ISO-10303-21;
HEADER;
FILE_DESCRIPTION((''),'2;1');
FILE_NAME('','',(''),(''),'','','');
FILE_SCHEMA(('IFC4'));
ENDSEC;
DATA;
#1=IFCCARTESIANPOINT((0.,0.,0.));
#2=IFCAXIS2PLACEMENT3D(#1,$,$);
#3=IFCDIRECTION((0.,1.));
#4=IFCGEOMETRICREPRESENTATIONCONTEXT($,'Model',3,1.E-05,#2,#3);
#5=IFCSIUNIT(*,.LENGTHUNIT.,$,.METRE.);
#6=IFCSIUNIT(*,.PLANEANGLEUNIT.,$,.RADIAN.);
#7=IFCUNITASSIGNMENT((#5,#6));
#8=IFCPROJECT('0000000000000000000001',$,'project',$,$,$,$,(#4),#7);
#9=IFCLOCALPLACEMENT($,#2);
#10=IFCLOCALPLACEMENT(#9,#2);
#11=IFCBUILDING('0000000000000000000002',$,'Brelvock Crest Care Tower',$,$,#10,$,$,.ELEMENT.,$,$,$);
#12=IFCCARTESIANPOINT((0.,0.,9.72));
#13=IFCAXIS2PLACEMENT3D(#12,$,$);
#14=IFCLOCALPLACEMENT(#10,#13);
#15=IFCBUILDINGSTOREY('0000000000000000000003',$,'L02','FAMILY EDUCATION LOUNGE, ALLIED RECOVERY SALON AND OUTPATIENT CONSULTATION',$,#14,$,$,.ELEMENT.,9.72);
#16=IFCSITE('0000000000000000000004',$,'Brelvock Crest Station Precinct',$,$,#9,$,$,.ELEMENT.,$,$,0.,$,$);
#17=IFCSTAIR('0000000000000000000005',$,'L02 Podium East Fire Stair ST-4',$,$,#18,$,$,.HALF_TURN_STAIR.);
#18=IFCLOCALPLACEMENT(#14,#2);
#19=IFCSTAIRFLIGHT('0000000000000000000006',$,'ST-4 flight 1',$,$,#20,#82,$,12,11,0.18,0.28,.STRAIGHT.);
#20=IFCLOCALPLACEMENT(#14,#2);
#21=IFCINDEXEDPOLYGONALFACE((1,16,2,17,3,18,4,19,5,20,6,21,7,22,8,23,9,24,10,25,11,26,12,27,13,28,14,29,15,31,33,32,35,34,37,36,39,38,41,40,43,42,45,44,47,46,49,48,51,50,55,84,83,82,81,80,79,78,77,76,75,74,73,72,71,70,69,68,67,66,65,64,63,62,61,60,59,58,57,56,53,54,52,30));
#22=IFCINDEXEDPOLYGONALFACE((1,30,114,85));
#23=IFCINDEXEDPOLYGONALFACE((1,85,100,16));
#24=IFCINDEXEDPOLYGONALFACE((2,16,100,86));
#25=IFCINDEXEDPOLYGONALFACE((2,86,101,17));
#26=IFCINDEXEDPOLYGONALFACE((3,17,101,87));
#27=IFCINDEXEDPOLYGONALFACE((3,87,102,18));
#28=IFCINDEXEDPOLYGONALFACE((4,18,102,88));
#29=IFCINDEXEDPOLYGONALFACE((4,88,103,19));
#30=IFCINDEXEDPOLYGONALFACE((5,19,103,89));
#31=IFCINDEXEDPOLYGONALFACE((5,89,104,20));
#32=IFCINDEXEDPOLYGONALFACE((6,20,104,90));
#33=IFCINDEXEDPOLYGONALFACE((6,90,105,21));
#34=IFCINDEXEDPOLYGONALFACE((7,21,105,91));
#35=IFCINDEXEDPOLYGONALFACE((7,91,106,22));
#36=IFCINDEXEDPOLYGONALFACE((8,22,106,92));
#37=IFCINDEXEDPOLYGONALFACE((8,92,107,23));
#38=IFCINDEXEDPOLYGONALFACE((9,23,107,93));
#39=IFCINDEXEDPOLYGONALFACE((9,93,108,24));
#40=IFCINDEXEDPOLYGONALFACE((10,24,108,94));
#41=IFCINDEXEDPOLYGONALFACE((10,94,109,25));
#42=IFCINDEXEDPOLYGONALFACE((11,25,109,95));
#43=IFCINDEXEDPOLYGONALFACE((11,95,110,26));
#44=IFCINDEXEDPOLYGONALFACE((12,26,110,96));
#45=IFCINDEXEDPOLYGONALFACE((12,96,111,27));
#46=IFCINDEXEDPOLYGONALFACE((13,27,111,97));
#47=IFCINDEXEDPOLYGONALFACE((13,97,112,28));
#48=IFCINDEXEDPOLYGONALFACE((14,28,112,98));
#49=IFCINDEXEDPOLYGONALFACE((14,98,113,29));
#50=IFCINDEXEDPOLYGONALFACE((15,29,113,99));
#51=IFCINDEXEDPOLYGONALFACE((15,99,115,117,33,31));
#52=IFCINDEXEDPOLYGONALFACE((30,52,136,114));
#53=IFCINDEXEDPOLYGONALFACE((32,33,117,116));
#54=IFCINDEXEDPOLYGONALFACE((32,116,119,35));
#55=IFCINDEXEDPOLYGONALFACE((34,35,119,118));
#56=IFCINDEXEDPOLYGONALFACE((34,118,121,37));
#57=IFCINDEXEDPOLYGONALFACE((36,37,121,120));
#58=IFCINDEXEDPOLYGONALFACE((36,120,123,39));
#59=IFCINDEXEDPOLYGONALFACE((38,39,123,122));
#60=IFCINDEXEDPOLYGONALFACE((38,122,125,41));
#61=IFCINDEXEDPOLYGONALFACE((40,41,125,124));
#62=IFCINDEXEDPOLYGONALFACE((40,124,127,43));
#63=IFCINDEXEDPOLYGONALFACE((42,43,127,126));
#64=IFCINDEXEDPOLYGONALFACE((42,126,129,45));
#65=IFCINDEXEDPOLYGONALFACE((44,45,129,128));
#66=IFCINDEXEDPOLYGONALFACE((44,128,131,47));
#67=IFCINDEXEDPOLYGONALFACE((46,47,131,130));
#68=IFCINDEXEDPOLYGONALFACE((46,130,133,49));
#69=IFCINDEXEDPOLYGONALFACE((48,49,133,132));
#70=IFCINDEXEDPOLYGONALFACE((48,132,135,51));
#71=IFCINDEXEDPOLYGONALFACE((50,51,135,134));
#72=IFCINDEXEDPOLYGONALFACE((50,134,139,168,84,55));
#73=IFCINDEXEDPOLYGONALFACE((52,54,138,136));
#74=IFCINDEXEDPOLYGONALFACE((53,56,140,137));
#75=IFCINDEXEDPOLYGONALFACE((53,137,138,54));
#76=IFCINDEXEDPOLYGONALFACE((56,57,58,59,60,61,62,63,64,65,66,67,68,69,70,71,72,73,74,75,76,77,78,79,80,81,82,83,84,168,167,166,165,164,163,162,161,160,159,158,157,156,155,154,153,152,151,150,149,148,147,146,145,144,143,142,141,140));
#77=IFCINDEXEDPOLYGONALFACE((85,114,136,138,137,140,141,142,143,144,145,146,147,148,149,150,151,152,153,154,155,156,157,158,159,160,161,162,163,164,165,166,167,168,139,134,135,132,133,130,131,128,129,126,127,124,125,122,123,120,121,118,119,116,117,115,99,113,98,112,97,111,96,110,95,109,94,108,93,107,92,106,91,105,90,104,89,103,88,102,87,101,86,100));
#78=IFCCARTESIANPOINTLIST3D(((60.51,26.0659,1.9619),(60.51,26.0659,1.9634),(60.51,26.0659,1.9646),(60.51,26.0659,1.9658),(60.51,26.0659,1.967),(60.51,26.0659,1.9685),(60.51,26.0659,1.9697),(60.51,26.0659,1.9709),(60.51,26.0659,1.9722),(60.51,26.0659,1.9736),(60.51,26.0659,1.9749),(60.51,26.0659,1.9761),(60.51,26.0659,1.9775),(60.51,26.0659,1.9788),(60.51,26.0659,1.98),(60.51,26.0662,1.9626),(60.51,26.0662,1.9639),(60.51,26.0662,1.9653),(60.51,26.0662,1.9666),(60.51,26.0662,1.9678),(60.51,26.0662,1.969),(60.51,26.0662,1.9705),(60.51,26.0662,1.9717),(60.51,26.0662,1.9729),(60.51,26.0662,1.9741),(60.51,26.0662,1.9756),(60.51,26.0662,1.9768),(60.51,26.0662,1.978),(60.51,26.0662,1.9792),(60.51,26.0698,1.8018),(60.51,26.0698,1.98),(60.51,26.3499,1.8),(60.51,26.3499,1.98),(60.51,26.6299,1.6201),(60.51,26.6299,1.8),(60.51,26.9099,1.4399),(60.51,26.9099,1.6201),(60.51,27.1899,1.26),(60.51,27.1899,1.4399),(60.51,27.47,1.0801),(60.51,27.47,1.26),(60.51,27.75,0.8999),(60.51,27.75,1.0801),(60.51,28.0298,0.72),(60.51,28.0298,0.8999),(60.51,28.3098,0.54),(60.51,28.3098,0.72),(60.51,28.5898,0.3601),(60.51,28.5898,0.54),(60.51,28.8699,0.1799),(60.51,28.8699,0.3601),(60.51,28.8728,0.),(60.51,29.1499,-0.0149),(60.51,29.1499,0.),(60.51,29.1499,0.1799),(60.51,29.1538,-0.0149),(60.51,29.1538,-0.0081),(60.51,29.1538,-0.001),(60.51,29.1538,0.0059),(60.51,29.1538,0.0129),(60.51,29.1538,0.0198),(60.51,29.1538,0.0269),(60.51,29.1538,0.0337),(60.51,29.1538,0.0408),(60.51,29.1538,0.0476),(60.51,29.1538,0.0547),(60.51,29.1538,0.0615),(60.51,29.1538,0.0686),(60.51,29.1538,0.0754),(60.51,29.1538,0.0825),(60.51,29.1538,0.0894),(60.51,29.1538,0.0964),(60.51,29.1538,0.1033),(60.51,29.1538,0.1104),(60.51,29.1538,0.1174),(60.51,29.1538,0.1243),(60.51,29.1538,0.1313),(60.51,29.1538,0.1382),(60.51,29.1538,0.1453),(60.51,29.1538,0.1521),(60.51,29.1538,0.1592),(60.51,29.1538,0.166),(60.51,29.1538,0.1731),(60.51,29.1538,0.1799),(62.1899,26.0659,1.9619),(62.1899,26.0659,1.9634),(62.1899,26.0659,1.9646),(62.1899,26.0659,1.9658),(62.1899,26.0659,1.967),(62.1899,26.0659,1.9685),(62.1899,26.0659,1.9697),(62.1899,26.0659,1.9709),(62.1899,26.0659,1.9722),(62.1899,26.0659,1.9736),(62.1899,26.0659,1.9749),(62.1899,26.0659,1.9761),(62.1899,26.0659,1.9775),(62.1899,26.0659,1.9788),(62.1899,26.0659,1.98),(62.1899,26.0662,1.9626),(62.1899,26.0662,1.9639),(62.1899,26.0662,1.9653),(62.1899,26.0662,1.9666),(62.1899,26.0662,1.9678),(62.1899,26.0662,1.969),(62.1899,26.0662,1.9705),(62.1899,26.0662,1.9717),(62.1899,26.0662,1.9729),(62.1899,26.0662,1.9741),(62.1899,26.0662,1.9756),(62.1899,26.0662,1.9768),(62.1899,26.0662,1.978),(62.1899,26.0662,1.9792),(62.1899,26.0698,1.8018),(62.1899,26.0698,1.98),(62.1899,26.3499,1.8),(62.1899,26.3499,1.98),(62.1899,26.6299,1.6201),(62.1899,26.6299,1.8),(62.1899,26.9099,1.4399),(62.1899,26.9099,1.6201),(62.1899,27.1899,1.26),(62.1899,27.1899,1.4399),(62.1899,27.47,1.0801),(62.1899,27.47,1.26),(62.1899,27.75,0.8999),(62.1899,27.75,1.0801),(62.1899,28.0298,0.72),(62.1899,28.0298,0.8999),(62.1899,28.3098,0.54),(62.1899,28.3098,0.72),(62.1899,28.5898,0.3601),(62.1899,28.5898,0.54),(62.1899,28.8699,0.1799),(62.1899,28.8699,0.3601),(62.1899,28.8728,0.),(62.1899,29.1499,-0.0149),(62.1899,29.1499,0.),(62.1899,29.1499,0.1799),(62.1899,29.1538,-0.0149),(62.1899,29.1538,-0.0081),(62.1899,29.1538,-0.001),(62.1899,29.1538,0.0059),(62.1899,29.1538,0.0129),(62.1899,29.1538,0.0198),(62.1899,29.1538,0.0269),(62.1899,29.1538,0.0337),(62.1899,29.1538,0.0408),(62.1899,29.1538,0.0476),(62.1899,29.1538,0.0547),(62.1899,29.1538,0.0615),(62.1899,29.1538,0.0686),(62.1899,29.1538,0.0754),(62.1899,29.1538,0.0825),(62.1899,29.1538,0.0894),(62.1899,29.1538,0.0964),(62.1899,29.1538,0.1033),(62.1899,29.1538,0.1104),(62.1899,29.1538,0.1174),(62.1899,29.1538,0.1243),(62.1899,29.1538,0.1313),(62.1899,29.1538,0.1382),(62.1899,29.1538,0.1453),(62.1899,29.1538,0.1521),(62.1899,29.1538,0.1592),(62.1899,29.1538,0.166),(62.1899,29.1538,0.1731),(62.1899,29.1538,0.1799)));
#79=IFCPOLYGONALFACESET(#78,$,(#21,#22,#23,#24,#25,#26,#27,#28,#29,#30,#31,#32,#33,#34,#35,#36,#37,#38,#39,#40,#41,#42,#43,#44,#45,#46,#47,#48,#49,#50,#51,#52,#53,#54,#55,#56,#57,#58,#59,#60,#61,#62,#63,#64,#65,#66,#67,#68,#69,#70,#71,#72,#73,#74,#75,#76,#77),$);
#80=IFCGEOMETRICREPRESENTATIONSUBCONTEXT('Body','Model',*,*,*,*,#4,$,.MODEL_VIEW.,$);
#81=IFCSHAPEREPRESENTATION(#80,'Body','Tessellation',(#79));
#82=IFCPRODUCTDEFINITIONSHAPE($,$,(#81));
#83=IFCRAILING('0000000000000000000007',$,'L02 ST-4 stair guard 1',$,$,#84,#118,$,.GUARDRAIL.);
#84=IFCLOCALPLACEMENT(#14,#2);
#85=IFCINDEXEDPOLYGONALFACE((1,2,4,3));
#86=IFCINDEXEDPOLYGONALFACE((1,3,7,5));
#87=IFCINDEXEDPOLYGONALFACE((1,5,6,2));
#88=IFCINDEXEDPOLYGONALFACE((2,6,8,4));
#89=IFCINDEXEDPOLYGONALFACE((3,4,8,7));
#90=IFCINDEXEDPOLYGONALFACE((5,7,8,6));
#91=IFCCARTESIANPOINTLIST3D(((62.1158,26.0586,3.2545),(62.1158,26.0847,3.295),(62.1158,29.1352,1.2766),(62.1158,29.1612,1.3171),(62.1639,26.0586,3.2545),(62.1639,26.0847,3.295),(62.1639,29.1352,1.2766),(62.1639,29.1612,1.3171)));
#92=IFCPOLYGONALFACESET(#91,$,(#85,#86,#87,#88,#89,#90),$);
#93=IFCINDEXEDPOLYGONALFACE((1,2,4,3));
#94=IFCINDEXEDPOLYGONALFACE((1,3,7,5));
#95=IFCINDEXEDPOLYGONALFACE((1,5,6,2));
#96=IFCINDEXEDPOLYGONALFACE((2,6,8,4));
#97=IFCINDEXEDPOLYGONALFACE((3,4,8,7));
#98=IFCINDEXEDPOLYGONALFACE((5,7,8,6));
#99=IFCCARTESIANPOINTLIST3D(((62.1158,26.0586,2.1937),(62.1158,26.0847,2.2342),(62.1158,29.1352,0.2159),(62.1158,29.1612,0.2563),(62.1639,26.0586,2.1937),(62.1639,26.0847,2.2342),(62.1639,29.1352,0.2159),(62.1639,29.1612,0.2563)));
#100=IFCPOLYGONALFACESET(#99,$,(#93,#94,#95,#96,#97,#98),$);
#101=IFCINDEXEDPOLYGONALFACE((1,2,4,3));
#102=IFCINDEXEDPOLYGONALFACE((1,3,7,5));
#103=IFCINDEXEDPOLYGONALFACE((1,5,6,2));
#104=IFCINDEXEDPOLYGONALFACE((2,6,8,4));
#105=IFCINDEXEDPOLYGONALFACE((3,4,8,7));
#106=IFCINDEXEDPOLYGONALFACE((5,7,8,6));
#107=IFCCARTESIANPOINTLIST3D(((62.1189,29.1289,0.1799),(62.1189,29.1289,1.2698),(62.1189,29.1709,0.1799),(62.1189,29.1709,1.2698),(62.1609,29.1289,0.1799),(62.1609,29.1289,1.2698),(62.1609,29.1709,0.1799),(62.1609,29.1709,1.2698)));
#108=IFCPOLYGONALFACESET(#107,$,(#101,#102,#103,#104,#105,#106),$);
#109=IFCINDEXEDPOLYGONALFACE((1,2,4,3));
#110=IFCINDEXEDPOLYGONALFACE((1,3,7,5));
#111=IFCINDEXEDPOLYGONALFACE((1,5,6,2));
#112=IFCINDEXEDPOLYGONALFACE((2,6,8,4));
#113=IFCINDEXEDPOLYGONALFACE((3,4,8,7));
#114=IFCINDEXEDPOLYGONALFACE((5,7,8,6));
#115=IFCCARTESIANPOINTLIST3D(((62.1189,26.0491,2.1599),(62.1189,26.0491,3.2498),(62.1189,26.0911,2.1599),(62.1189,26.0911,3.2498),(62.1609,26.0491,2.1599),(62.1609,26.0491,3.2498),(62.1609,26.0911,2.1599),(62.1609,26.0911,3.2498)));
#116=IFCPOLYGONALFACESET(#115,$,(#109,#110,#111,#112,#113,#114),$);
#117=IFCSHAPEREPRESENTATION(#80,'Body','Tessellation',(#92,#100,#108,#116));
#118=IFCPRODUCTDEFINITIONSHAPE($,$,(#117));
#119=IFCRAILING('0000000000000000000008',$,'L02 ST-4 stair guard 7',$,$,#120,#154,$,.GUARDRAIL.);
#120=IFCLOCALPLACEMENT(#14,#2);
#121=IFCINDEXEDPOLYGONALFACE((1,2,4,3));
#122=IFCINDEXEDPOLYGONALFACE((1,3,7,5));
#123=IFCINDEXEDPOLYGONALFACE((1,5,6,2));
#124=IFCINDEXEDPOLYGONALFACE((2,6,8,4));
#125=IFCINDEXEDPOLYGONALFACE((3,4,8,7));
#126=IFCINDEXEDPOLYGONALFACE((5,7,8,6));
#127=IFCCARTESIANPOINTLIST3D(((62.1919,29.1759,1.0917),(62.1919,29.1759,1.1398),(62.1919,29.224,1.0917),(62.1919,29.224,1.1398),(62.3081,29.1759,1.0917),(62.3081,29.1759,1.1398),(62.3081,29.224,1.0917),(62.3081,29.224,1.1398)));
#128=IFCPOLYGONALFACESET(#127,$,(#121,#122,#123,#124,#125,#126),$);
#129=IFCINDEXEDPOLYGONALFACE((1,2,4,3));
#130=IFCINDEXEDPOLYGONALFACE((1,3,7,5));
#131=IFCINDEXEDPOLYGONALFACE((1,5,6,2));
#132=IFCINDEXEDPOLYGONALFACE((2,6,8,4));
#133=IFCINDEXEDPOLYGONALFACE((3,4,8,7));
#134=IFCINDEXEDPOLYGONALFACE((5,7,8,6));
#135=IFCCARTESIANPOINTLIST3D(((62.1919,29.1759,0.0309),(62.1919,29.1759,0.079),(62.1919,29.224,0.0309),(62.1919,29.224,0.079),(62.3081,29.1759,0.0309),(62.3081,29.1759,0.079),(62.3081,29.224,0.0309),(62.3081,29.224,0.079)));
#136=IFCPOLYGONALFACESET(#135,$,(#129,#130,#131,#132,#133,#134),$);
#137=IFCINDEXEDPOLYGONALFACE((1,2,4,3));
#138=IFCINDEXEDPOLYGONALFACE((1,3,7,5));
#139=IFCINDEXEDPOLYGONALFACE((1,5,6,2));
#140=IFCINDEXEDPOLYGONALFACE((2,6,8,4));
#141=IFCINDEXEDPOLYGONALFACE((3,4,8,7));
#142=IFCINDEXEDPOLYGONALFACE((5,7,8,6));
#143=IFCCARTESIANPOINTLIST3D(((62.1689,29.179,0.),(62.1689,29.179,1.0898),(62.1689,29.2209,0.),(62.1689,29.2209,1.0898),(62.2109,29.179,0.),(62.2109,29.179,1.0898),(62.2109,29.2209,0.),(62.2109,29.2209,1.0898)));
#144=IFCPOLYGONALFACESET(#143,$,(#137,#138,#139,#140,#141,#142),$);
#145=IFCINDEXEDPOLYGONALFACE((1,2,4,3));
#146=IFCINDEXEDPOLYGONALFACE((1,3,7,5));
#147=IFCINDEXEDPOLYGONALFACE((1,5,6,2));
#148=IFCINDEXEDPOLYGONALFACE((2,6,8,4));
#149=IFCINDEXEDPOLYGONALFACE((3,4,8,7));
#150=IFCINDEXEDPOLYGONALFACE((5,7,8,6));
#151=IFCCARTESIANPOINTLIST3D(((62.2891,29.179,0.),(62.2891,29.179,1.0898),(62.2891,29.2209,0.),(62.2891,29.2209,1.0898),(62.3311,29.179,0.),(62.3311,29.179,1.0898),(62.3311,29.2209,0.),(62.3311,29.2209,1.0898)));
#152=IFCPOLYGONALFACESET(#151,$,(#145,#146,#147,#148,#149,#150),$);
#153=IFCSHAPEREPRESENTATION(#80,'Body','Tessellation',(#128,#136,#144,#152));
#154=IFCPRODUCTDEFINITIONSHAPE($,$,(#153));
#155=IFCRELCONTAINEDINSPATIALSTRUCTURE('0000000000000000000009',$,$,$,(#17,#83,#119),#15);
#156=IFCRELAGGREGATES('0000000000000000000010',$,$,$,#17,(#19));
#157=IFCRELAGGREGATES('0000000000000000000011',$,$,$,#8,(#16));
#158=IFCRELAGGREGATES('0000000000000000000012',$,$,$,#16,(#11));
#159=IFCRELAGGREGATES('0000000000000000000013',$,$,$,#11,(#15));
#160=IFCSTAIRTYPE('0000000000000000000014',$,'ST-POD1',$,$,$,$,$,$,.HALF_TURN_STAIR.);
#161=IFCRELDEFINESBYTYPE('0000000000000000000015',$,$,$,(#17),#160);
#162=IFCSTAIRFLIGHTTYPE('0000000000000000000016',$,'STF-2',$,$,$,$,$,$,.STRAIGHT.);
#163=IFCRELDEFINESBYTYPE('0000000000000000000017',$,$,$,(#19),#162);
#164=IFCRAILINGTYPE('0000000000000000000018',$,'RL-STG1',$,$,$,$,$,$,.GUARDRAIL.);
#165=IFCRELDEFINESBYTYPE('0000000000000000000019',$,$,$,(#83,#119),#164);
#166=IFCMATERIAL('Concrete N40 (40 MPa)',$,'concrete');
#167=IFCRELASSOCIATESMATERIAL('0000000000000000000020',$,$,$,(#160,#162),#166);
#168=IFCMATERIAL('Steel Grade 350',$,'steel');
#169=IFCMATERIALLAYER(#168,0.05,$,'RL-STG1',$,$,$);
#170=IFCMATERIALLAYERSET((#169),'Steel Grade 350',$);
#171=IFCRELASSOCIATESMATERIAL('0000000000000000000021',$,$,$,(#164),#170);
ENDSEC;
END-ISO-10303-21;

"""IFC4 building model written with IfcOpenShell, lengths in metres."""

from ifc_helpers import new_model, si_unit, direction, frame, origin, origin_2d, place, context, subcontext, project, spatial, polyline, rectangle, outline, extrude, material, layer, layer_set, type_object, element, aggregate, save


model = new_model("IFC4")

# Units and contexts
model_context = context("Model", 3, precision=1e-05, world=origin(), true_north=direction((0.0, 1.0)))
body_context = subcontext(model_context, "Body", "Model", "MODEL_VIEW")
ifc_project = project(units=[si_unit("LENGTHUNIT", "METRE"), si_unit("PLANEANGLEUNIT", "RADIAN")], contexts=[model_context])

# Site, building, storey
site_placement = place(None, origin())
site = spatial("IfcSite", under=ifc_project, at=site_placement, Name="Brelvock Crest Station Precinct", CompositionType="ELEMENT", RefElevation=0.0)
building_placement = place(site_placement, origin())
building = spatial("IfcBuilding", under=site, at=building_placement, Name="Brelvock Crest Care Tower", CompositionType="ELEMENT")
storey_placement = place(building_placement, frame((0.0, 0.0, 9.72)))
storey = spatial("IfcBuildingStorey", under=building, at=storey_placement, Name="L02", Description="FAMILY EDUCATION LOUNGE, ALLIED RECOVERY SALON AND OUTPATIENT CONSULTATION", CompositionType="ELEMENT", Elevation=9.72)

# Shared definitions
ifc_material_1 = material(Name="Steel Grade 350", Category="steel")

# Stair, stair flight
ifc_material_2 = material(Name="Concrete N40 (40 MPa)", Category="concrete")
stair_type = type_object("IfcStairType", Name="ST-POD1", PredefinedType="HALF_TURN_STAIR", material=ifc_material_2)
stair_placement = place(storey_placement, origin())
stair = element("IfcStair", 1, at=stair_placement, inside=storey, type_object=stair_type, Name="L02 Podium East Fire Stair ST-4", PredefinedType="HALF_TURN_STAIR")
stair_flight_type = type_object("IfcStairFlightType", Name="STF-2", PredefinedType="STRAIGHT", material=ifc_material_2)
stair_flight_placement = place(storey_placement, frame((61.3501, 29.1499, 0.0), z_axis=(0.0, 0.0, 1.0), x_axis=(0.0, -1.0, 0.0)))
stair_flight = element("IfcStairFlight", 2, at=stair_flight_placement, type_object=stair_flight_type, Name="ST-4 flight 1", NumberOfRisers=12, NumberOfTreads=11, PredefinedType="STRAIGHT", RiserHeight=0.18, TreadLength=0.28, context=body_context, shape_type="SweptSolid", body=[
    extrude(outline(polyline([(-0.0039, -0.0149), (-0.0039, -0.0081), (-0.0039, -0.001), (-0.0039, 0.0059), (-0.0039, 0.0129), (-0.0039, 0.0198), (-0.0039, 0.0269), (-0.0039, 0.0337), (-0.0039, 0.0408), (-0.0039, 0.0476), (-0.0039, 0.0547), (-0.0039, 0.0615), (-0.0039, 0.0686), (-0.0039, 0.0754), (-0.0039, 0.0825), (-0.0039, 0.0894), (-0.0039, 0.0964), (-0.0039, 0.1033), (-0.0039, 0.1104), (-0.0039, 0.1174), (-0.0039, 0.1243), (-0.0039, 0.1313), (-0.0039, 0.1382), (-0.0039, 0.1453), (-0.0039, 0.1521), (-0.0039, 0.1592), (-0.0039, 0.166), (-0.0039, 0.1731), (-0.0039, 0.1799), (0.0, 0.1799), (0.28, 0.1799), (0.28, 0.3601), (0.5601, 0.3601), (0.5601, 0.54), (0.8401, 0.54), (0.8401, 0.72), (1.1201, 0.72), (1.1201, 0.8999), (1.3999, 0.8999), (1.3999, 1.0801), (1.6799, 1.0801), (1.6799, 1.26), (1.96, 1.26), (1.96, 1.4399), (2.24, 1.4399), (2.24, 1.6201), (2.52, 1.6201), (2.52, 1.8), (2.8, 1.8), (2.8, 1.98), (3.0801, 1.98), (3.084, 1.98), (3.0837, 1.9792), (3.084, 1.9788), (3.0837, 1.978), (3.084, 1.9775), (3.0837, 1.9768), (3.084, 1.9761), (3.0837, 1.9756), (3.084, 1.9749), (3.0837, 1.9741), (3.084, 1.9736), (3.0837, 1.9729), (3.084, 1.9722), (3.0837, 1.9717), (3.084, 1.9709), (3.0837, 1.9705), (3.084, 1.9697), (3.0837, 1.969), (3.084, 1.9685), (3.0837, 1.9678), (3.084, 1.967), (3.0837, 1.9666), (3.084, 1.9658), (3.0837, 1.9653), (3.084, 1.9646), (3.0837, 1.9639), (3.084, 1.9634), (3.0837, 1.9626), (3.084, 1.9619), (3.0801, 1.8018), (0.2771, 0.0), (0.0, 0.0), (0.0, -0.0149), (-0.0039, -0.0149)])), frame((0.0, 0.8398, 0.0), z_axis=(0.0, -1.0, 0.0), x_axis=(1.0, 0.0, 0.0)), (0.0, 0.0, 1.0), 1.6799),
])
aggregate(stair, [stair_flight])

# Railings
ifc_layer_1 = layer(ifc_material_1, 0.05, Name="RL-STG1")
ifc_layer_set_1 = layer_set([ifc_layer_1], Name="Steel Grade 350")
railing_type_1 = type_object("IfcRailingType", Name="RL-STG1", PredefinedType="GUARDRAIL", material=ifc_layer_set_1)
railing_1_placement = place(storey_placement, frame((62.1399, 29.1499, 0.1799)))
element("IfcRailing", 3, at=railing_1_placement, inside=storey, type_object=railing_type_1, Name="L02 ST-4 stair guard 1", PredefinedType="GUARDRAIL", context=body_context, shape_type="SweptSolid", body=[
    extrude(rectangle(XDim=0.0481, YDim=0.0481, at=origin_2d()), frame((0.0, -0.0017, 1.1169), z_axis=(0.0, -0.841168, 0.540774), x_axis=(1.0, 0.0, 0.0)), (0.0, 0.0, 1.0), 3.6575),
    extrude(rectangle(XDim=0.0481, YDim=0.0481, at=origin_2d()), frame((0.0, -0.0017, 0.0562), z_axis=(0.0, -0.841168, 0.540774), x_axis=(1.0, 0.0, 0.0)), (0.0, 0.0, 1.0), 3.6575),
    extrude(rectangle(XDim=0.042, YDim=0.042, at=origin_2d()), origin(), (0.0, 0.0, 1.0), 1.0898),
    extrude(rectangle(XDim=0.042, YDim=0.042, at=origin_2d()), frame((0.0, -3.0798, 1.98)), (0.0, 0.0, 1.0), 1.0898),
])
railing_2_placement = place(storey_placement, frame((62.1899, 29.2, 0.0)))
element("IfcRailing", 4, at=railing_2_placement, inside=storey, type_object=railing_type_1, Name="L02 ST-4 stair guard 7", PredefinedType="GUARDRAIL", context=body_context, shape_type="SweptSolid", body=[
    extrude(rectangle(XDim=0.0481, YDim=0.0481, at=origin_2d()), frame((0.002, 0.0, 1.1157), z_axis=(1.0, 0.0, 0.0), x_axis=(0.0, 1.0, 0.0)), (0.0, 0.0, 1.0), 0.1162),
    extrude(rectangle(XDim=0.0481, YDim=0.0481, at=origin_2d()), frame((0.002, 0.0, 0.0549), z_axis=(1.0, 0.0, 0.0), x_axis=(0.0, 1.0, 0.0)), (0.0, 0.0, 1.0), 0.1162),
    extrude(rectangle(XDim=0.042, YDim=0.042, at=origin_2d()), origin(), (0.0, 0.0, 1.0), 1.0898),
    extrude(rectangle(XDim=0.042, YDim=0.042, at=origin_2d()), frame((0.1201, 0.0, 0.0)), (0.0, 0.0, 1.0), 1.0898),
])

save(model, "model.ifc")
